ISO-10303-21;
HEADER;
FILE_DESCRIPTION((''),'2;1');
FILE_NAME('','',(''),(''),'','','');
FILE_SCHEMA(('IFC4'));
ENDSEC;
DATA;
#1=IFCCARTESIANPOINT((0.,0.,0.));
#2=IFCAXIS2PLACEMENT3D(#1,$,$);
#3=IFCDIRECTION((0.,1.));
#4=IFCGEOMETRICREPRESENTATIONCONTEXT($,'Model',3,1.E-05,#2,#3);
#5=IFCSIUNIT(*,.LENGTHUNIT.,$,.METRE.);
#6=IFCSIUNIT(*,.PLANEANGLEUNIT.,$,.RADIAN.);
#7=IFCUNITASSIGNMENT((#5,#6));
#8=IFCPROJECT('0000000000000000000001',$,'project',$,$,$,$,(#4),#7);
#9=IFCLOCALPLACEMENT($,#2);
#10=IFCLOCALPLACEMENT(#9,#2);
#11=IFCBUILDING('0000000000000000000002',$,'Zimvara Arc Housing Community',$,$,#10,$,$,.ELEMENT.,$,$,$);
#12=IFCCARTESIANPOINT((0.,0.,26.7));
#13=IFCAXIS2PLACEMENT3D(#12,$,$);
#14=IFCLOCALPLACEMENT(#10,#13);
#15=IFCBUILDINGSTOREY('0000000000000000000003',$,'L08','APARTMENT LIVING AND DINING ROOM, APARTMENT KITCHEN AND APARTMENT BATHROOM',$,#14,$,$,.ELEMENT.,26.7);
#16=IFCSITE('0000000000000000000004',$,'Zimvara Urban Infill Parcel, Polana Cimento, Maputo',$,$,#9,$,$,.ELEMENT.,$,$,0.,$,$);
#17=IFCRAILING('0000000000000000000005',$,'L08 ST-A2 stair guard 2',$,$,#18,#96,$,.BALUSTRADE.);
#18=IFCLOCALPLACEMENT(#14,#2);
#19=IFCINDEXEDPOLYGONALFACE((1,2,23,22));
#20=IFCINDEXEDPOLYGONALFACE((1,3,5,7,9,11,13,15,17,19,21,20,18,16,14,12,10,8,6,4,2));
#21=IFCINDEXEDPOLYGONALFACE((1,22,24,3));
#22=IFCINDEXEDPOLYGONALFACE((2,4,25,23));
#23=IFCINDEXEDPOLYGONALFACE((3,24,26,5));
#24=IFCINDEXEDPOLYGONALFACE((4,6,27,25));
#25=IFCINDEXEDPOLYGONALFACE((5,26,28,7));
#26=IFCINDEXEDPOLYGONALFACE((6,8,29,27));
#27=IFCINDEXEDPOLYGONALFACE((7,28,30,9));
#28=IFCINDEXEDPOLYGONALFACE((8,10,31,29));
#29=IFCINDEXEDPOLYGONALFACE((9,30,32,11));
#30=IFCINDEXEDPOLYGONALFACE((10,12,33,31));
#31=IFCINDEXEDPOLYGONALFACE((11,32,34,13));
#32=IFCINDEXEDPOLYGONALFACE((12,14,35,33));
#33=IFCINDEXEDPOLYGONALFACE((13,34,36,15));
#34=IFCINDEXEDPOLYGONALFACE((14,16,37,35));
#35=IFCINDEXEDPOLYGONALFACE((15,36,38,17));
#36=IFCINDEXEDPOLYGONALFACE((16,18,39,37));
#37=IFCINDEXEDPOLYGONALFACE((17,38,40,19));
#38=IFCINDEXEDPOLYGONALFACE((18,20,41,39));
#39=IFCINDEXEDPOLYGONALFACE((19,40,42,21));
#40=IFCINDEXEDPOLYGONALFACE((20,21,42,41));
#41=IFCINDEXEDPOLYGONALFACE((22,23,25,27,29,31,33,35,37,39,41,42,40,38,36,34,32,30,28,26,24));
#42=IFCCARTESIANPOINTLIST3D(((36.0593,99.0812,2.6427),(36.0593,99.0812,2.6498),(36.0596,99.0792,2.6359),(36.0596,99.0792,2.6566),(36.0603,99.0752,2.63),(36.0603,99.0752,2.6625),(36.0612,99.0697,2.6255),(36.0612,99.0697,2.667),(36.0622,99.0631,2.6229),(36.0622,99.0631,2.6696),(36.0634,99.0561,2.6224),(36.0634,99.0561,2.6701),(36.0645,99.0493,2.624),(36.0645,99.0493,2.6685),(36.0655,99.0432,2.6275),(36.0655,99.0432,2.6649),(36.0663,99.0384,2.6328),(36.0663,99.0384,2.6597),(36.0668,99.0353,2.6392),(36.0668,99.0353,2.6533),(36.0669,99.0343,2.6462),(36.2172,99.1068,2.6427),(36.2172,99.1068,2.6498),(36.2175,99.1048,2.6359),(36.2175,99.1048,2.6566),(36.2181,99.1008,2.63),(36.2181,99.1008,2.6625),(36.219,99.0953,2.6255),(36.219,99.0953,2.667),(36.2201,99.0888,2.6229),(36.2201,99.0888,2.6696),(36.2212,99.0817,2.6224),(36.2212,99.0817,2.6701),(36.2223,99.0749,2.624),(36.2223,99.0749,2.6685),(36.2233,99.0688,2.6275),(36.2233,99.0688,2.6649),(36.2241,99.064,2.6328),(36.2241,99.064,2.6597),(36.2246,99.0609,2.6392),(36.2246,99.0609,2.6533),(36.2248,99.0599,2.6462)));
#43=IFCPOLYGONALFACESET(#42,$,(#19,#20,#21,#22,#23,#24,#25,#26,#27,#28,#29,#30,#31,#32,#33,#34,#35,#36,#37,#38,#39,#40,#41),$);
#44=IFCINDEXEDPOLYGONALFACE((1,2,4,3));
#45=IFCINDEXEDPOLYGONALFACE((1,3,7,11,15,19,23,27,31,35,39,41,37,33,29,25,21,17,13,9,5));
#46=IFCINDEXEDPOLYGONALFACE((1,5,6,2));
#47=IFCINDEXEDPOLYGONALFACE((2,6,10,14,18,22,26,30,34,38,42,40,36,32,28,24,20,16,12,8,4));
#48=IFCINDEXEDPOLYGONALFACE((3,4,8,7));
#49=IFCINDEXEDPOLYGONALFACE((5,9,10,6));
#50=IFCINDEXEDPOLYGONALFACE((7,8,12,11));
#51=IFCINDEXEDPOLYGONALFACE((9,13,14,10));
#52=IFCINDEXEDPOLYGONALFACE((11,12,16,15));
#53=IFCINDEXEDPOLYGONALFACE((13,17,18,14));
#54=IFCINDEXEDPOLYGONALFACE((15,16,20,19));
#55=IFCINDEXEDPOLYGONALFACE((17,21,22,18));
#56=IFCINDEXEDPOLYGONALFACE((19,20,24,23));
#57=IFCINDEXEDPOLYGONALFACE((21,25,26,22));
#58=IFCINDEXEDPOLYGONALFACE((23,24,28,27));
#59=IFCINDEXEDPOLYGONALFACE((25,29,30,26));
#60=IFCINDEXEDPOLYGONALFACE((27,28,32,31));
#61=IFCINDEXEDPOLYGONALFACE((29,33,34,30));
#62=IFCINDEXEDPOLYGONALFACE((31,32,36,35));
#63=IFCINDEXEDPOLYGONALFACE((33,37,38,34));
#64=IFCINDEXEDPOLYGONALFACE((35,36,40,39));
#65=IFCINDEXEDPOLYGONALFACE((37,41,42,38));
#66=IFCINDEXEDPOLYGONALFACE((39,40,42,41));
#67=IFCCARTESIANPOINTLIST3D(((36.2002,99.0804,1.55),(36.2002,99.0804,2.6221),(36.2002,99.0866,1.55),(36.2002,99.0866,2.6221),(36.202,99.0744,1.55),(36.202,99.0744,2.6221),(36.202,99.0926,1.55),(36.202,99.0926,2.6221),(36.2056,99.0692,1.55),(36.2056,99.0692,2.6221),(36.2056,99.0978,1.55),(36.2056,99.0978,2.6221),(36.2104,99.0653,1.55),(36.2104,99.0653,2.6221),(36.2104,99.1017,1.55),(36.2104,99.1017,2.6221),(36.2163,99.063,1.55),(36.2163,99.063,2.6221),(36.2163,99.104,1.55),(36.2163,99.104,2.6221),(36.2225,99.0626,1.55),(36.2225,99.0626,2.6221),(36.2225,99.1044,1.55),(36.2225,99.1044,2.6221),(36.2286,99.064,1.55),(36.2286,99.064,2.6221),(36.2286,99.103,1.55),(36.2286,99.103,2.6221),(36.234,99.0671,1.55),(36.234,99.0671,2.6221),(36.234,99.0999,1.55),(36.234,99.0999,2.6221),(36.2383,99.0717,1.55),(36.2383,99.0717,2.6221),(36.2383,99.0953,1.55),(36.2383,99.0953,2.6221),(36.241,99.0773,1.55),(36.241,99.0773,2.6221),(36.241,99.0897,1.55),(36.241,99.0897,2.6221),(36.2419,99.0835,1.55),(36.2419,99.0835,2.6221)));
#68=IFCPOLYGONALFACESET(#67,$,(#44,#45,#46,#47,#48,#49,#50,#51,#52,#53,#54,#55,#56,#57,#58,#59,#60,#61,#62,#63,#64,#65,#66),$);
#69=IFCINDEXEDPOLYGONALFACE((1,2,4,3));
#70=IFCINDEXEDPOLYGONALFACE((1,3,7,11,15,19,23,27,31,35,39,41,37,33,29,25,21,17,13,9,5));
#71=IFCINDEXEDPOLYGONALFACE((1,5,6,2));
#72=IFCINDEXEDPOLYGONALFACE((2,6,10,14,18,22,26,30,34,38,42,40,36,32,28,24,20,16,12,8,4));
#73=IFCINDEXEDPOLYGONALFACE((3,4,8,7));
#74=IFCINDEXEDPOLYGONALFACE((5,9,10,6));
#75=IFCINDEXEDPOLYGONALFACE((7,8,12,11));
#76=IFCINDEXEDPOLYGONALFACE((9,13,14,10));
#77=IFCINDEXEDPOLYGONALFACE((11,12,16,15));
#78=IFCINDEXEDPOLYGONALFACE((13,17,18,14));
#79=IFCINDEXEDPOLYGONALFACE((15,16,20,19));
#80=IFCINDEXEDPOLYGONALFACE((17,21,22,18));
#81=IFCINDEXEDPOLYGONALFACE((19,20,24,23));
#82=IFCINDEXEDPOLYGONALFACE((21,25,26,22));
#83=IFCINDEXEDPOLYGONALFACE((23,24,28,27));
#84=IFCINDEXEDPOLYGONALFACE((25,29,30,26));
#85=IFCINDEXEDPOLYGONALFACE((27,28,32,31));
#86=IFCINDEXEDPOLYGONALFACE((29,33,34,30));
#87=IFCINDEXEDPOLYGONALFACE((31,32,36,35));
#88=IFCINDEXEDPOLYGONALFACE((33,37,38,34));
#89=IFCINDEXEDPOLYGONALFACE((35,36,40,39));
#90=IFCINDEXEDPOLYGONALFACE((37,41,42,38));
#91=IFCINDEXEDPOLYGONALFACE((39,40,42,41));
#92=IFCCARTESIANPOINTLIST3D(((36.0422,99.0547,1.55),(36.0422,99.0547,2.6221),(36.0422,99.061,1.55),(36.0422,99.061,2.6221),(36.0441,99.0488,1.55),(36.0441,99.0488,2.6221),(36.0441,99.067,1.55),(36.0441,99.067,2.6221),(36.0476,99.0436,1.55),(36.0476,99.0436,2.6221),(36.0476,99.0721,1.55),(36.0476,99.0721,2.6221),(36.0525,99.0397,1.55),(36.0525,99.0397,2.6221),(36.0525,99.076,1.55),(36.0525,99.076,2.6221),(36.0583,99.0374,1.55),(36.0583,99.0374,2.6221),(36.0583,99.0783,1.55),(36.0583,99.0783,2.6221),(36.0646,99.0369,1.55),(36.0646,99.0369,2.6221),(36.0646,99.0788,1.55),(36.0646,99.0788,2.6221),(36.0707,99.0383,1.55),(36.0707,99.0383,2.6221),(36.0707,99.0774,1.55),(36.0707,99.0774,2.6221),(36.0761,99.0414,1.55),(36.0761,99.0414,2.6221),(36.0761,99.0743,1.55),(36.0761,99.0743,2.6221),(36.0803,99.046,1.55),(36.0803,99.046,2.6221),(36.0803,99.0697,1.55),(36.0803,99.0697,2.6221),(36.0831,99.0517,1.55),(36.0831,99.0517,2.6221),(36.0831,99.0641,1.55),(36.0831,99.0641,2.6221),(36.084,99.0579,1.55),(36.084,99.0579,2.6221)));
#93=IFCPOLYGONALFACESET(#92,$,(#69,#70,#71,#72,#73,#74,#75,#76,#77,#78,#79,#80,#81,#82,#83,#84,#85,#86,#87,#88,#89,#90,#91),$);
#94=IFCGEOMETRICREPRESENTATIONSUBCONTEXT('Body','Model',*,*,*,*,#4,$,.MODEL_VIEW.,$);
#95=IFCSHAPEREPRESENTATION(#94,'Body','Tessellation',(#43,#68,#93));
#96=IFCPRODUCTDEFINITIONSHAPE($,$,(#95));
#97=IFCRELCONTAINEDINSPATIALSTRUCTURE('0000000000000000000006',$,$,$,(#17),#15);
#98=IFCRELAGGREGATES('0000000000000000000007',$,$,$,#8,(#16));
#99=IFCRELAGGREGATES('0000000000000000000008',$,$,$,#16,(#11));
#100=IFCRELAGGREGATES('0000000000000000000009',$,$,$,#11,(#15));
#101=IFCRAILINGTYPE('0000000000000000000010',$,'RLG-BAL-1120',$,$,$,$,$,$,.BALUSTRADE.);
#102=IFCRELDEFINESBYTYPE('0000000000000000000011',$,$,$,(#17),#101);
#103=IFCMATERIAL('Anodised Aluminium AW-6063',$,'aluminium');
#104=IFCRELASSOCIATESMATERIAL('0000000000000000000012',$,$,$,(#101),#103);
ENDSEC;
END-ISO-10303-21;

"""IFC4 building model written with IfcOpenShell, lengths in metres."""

from ifc_helpers import new_model, si_unit, direction, frame, origin, origin_2d, place, context, subcontext, project, spatial, circle, extrude, material, type_object, element, save


model = new_model("IFC4")

# Units and contexts
model_context = context("Model", 3, precision=1e-05, world=origin(), true_north=direction((0.0, 1.0)))
body_context = subcontext(model_context, "Body", "Model", "MODEL_VIEW")
ifc_project = project(units=[si_unit("LENGTHUNIT", "METRE"), si_unit("PLANEANGLEUNIT", "RADIAN")], contexts=[model_context])

# Site, building, storey
site_placement = place(None, origin())
site = spatial("IfcSite", under=ifc_project, at=site_placement, Name="Zimvara Urban Infill Parcel, Polana Cimento, Maputo", CompositionType="ELEMENT", RefElevation=0.0)
building_placement = place(site_placement, origin())
building = spatial("IfcBuilding", under=site, at=building_placement, Name="Zimvara Arc Housing Community", CompositionType="ELEMENT")
storey_placement = place(building_placement, frame((0.0, 0.0, 26.7)))
storey = spatial("IfcBuildingStorey", under=building, at=storey_placement, Name="L08", Description="APARTMENT LIVING AND DINING ROOM, APARTMENT KITCHEN AND APARTMENT BATHROOM", CompositionType="ELEMENT", Elevation=26.7)

# Railing
ifc_material_1 = material(Name="Anodised Aluminium AW-6063", Category="aluminium")
railing_type = type_object("IfcRailingType", Name="RLG-BAL-1120", PredefinedType="BALUSTRADE", material=ifc_material_1)
railing_placement = place(storey_placement, frame((36.2209, 99.0835, 1.55)))
element("IfcRailing", 1, at=railing_placement, inside=storey, type_object=railing_type, Name="L08 ST-A2 stair guard 2", PredefinedType="BALUSTRADE", context=body_context, shape_type="SweptSolid", body=[
    extrude(circle(Radius=0.0239, at=origin_2d()), frame((0.0, 0.0, 1.0962), z_axis=(-0.987086, -0.160192, 0.0), x_axis=(0.160192, -0.987086, 0.0)), (0.0, 0.0, 1.0), 0.1599),
    extrude(circle(Radius=0.021, at=origin_2d()), origin(), (0.0, 0.0, 1.0), 1.072),
    extrude(circle(Radius=0.021, at=origin_2d()), frame((-0.158, -0.0256, 0.0)), (0.0, 0.0, 1.0), 1.072),
])

save(model, "model.ifc")
